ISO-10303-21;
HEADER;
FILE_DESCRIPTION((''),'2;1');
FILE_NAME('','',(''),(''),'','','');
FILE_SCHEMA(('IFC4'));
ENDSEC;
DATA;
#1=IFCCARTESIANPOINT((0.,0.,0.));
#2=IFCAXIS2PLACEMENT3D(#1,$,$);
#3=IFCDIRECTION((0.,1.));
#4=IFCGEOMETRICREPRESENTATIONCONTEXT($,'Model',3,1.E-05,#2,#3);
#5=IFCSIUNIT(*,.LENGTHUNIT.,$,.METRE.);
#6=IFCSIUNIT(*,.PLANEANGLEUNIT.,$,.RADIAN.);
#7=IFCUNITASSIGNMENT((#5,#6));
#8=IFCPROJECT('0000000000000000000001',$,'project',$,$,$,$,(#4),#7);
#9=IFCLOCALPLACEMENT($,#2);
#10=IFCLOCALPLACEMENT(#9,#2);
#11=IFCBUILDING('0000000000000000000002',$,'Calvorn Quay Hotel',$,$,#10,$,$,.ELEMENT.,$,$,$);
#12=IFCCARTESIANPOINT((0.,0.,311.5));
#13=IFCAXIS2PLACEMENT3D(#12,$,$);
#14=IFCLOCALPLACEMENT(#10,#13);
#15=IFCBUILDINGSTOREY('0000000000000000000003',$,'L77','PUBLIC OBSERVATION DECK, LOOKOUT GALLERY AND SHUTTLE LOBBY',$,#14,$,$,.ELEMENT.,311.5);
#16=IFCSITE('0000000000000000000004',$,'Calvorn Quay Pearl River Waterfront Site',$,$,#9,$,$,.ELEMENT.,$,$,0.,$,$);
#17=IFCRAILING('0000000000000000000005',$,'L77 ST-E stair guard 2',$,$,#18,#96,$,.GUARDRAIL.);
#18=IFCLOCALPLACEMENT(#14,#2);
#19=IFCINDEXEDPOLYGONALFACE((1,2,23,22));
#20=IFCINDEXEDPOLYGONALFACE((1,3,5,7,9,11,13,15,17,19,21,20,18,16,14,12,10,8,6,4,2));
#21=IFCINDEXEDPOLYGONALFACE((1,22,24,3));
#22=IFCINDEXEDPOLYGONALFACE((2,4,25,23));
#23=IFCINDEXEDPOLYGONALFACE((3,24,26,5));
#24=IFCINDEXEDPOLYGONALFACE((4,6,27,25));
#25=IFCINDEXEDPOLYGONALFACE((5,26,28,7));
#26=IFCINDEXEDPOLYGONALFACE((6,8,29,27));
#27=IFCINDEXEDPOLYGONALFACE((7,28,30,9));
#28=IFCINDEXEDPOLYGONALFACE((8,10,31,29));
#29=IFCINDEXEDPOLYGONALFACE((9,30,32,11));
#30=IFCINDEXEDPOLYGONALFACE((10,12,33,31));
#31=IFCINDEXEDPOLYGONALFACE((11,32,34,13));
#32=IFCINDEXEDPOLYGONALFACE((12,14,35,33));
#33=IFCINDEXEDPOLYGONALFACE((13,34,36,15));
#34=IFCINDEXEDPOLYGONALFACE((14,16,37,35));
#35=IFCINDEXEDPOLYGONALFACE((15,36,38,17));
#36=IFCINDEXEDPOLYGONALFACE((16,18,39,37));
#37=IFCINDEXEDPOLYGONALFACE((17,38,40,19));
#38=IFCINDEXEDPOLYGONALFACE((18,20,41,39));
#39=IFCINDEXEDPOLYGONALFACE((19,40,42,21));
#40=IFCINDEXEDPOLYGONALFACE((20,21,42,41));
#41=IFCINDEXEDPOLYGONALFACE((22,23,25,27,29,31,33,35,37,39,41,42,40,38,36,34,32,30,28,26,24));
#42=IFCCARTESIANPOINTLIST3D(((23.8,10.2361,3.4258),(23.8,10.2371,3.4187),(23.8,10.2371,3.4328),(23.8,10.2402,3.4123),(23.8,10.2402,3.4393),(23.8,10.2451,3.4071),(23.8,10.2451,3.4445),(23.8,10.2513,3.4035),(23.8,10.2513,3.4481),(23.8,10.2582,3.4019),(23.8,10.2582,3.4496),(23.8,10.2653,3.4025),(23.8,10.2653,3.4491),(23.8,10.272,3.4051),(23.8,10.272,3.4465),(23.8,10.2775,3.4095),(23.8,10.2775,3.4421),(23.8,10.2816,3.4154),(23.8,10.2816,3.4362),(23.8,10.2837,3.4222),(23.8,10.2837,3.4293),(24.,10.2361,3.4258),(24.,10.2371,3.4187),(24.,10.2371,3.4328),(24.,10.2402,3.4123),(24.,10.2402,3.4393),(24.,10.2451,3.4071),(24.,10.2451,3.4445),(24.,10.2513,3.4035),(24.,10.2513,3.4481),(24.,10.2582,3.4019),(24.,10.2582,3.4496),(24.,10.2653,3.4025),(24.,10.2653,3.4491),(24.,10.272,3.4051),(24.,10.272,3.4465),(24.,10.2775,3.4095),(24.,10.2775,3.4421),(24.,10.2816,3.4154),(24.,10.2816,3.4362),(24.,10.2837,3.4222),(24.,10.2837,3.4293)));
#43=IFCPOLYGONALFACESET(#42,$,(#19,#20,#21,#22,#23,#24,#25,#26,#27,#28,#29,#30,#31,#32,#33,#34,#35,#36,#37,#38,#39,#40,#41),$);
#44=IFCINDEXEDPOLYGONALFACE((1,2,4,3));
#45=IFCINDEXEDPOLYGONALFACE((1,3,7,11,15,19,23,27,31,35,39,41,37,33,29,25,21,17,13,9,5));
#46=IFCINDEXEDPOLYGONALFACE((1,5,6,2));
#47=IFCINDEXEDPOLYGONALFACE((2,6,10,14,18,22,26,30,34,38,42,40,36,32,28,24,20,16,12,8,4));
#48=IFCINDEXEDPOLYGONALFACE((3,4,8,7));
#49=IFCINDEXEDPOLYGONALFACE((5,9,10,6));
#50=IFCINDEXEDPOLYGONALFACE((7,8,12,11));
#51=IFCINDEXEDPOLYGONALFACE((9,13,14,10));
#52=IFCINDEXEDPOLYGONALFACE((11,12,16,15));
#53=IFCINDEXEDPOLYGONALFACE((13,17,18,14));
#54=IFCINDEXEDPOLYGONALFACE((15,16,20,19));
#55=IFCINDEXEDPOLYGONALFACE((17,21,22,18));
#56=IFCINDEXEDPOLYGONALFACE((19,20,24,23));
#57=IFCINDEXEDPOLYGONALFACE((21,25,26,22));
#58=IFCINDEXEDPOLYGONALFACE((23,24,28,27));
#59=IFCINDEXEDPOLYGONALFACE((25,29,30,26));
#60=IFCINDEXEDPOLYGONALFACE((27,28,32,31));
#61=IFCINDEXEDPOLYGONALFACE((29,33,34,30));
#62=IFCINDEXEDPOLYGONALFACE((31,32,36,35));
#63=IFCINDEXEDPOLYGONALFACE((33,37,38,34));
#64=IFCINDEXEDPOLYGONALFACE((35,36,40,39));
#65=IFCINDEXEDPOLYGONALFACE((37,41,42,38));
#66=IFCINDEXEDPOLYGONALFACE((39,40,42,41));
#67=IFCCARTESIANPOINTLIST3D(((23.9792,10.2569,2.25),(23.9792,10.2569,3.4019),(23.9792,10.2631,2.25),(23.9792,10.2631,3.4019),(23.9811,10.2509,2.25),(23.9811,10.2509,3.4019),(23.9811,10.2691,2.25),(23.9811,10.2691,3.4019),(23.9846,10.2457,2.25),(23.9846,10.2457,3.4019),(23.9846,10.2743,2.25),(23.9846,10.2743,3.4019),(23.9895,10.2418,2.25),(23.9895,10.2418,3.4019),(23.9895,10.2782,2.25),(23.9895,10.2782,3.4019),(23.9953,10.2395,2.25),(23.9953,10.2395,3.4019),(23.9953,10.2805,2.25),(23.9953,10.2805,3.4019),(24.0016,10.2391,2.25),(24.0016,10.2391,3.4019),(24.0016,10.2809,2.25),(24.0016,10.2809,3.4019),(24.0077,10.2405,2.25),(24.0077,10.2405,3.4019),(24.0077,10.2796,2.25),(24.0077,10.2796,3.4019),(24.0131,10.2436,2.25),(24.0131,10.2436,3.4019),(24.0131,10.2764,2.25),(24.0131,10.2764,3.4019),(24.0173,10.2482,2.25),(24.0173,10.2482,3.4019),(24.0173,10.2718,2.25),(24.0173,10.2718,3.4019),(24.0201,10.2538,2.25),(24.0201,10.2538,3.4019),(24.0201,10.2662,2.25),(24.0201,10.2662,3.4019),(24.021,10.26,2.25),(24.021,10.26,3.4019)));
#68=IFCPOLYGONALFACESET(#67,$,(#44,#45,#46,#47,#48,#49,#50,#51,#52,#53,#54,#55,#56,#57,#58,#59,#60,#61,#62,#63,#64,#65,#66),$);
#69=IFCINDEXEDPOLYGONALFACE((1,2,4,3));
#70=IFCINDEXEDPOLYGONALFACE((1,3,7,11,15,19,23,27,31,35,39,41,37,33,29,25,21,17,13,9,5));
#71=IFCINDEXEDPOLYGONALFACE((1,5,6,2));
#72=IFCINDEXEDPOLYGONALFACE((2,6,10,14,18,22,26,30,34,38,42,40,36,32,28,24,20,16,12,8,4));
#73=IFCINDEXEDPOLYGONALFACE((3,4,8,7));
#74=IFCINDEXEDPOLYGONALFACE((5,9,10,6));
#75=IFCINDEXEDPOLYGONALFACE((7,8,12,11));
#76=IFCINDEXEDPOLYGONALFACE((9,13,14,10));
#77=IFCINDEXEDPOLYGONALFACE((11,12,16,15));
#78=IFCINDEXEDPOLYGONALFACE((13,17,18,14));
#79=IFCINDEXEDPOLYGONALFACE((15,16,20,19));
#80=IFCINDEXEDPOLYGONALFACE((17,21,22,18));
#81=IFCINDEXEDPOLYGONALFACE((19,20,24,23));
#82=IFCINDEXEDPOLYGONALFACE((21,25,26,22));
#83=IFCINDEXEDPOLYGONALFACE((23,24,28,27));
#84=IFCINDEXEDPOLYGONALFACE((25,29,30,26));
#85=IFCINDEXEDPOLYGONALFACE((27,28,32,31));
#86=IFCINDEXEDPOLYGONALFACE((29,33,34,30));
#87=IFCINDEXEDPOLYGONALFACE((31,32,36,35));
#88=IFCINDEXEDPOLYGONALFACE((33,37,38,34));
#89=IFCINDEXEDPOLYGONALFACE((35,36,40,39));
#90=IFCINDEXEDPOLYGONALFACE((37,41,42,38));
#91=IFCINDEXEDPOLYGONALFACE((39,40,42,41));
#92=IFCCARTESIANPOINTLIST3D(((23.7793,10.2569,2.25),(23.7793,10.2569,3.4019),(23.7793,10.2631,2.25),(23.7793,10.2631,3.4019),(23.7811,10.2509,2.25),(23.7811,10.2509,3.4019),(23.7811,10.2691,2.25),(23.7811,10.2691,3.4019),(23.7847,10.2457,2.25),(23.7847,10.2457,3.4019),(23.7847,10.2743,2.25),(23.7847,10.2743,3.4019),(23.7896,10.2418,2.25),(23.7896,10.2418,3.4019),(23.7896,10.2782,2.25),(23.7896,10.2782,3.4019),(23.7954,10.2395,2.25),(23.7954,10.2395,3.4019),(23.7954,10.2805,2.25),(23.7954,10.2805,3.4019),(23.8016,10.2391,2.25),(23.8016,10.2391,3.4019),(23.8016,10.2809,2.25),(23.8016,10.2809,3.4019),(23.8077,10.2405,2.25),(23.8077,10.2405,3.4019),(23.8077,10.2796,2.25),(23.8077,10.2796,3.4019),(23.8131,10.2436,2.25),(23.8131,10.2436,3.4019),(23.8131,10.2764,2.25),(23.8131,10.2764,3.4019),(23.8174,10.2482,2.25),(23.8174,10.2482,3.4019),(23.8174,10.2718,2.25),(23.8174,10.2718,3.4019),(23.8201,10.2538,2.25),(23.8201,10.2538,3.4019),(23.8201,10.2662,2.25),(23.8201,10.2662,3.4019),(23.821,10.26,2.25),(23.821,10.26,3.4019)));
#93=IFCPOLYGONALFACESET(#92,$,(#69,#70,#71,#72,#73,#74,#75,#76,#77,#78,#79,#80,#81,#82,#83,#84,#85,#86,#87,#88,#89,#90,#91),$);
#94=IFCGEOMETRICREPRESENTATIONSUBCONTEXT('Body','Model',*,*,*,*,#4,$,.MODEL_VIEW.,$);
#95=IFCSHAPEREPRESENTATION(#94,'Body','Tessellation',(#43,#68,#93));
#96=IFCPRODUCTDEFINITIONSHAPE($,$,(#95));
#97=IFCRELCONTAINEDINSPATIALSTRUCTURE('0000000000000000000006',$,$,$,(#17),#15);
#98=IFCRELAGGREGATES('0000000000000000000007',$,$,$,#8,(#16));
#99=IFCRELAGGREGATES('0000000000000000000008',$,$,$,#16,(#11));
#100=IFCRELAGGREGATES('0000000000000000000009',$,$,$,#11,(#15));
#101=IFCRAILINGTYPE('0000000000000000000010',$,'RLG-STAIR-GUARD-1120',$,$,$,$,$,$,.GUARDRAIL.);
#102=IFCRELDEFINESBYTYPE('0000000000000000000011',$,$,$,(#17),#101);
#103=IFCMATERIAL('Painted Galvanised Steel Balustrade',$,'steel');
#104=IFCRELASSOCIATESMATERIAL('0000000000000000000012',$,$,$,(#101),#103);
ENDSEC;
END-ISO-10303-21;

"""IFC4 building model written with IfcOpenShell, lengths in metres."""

from ifc_helpers import new_model, si_unit, direction, frame, origin, origin_2d, place, context, subcontext, project, spatial, circle, extrude, material, type_object, element, save


model = new_model("IFC4")

# Units and contexts
model_context = context("Model", 3, precision=1e-05, world=origin(), true_north=direction((0.0, 1.0)))
body_context = subcontext(model_context, "Body", "Model", "MODEL_VIEW")
ifc_project = project(units=[si_unit("LENGTHUNIT", "METRE"), si_unit("PLANEANGLEUNIT", "RADIAN")], contexts=[model_context])

# Site, building, storey
site_placement = place(None, origin())
site = spatial("IfcSite", under=ifc_project, at=site_placement, Name="Calvorn Quay Pearl River Waterfront Site", CompositionType="ELEMENT", RefElevation=0.0)
building_placement = place(site_placement, origin())
building = spatial("IfcBuilding", under=site, at=building_placement, Name="Calvorn Quay Hotel", CompositionType="ELEMENT")
storey_placement = place(building_placement, frame((0.0, 0.0, 311.5)))
storey = spatial("IfcBuildingStorey", under=building, at=storey_placement, Name="L77", Description="PUBLIC OBSERVATION DECK, LOOKOUT GALLERY AND SHUTTLE LOBBY", CompositionType="ELEMENT", Elevation=311.5)

# Railing
ifc_material_1 = material(Name="Painted Galvanised Steel Balustrade", Category="steel")
railing_type_1 = type_object("IfcRailingType", Name="RLG-STAIR-GUARD-1120", PredefinedType="GUARDRAIL", material=ifc_material_1)
railing_1_placement = place(storey_placement, frame((24.0, 10.26, 2.25)))
element("IfcRailing", 1, at=railing_1_placement, inside=storey, type_object=railing_type_1, Name="L77 ST-E stair guard 2", PredefinedType="GUARDRAIL", context=body_context, shape_type="SweptSolid", body=[
    extrude(circle(Radius=0.0239, at=origin_2d()), frame((0.0, 0.0, 1.1758), z_axis=(-1.0, 0.0, 0.0), x_axis=(0.0, -1.0, 0.0)), (0.0, 0.0, 1.0), 0.2),
    extrude(circle(Radius=0.021, at=origin_2d()), origin(), (0.0, 0.0, 1.0), 1.1519),
    extrude(circle(Radius=0.021, at=origin_2d()), frame((-0.2, 0.0, 0.0)), (0.0, 0.0, 1.0), 1.1519),
])

save(model, "model.ifc")
